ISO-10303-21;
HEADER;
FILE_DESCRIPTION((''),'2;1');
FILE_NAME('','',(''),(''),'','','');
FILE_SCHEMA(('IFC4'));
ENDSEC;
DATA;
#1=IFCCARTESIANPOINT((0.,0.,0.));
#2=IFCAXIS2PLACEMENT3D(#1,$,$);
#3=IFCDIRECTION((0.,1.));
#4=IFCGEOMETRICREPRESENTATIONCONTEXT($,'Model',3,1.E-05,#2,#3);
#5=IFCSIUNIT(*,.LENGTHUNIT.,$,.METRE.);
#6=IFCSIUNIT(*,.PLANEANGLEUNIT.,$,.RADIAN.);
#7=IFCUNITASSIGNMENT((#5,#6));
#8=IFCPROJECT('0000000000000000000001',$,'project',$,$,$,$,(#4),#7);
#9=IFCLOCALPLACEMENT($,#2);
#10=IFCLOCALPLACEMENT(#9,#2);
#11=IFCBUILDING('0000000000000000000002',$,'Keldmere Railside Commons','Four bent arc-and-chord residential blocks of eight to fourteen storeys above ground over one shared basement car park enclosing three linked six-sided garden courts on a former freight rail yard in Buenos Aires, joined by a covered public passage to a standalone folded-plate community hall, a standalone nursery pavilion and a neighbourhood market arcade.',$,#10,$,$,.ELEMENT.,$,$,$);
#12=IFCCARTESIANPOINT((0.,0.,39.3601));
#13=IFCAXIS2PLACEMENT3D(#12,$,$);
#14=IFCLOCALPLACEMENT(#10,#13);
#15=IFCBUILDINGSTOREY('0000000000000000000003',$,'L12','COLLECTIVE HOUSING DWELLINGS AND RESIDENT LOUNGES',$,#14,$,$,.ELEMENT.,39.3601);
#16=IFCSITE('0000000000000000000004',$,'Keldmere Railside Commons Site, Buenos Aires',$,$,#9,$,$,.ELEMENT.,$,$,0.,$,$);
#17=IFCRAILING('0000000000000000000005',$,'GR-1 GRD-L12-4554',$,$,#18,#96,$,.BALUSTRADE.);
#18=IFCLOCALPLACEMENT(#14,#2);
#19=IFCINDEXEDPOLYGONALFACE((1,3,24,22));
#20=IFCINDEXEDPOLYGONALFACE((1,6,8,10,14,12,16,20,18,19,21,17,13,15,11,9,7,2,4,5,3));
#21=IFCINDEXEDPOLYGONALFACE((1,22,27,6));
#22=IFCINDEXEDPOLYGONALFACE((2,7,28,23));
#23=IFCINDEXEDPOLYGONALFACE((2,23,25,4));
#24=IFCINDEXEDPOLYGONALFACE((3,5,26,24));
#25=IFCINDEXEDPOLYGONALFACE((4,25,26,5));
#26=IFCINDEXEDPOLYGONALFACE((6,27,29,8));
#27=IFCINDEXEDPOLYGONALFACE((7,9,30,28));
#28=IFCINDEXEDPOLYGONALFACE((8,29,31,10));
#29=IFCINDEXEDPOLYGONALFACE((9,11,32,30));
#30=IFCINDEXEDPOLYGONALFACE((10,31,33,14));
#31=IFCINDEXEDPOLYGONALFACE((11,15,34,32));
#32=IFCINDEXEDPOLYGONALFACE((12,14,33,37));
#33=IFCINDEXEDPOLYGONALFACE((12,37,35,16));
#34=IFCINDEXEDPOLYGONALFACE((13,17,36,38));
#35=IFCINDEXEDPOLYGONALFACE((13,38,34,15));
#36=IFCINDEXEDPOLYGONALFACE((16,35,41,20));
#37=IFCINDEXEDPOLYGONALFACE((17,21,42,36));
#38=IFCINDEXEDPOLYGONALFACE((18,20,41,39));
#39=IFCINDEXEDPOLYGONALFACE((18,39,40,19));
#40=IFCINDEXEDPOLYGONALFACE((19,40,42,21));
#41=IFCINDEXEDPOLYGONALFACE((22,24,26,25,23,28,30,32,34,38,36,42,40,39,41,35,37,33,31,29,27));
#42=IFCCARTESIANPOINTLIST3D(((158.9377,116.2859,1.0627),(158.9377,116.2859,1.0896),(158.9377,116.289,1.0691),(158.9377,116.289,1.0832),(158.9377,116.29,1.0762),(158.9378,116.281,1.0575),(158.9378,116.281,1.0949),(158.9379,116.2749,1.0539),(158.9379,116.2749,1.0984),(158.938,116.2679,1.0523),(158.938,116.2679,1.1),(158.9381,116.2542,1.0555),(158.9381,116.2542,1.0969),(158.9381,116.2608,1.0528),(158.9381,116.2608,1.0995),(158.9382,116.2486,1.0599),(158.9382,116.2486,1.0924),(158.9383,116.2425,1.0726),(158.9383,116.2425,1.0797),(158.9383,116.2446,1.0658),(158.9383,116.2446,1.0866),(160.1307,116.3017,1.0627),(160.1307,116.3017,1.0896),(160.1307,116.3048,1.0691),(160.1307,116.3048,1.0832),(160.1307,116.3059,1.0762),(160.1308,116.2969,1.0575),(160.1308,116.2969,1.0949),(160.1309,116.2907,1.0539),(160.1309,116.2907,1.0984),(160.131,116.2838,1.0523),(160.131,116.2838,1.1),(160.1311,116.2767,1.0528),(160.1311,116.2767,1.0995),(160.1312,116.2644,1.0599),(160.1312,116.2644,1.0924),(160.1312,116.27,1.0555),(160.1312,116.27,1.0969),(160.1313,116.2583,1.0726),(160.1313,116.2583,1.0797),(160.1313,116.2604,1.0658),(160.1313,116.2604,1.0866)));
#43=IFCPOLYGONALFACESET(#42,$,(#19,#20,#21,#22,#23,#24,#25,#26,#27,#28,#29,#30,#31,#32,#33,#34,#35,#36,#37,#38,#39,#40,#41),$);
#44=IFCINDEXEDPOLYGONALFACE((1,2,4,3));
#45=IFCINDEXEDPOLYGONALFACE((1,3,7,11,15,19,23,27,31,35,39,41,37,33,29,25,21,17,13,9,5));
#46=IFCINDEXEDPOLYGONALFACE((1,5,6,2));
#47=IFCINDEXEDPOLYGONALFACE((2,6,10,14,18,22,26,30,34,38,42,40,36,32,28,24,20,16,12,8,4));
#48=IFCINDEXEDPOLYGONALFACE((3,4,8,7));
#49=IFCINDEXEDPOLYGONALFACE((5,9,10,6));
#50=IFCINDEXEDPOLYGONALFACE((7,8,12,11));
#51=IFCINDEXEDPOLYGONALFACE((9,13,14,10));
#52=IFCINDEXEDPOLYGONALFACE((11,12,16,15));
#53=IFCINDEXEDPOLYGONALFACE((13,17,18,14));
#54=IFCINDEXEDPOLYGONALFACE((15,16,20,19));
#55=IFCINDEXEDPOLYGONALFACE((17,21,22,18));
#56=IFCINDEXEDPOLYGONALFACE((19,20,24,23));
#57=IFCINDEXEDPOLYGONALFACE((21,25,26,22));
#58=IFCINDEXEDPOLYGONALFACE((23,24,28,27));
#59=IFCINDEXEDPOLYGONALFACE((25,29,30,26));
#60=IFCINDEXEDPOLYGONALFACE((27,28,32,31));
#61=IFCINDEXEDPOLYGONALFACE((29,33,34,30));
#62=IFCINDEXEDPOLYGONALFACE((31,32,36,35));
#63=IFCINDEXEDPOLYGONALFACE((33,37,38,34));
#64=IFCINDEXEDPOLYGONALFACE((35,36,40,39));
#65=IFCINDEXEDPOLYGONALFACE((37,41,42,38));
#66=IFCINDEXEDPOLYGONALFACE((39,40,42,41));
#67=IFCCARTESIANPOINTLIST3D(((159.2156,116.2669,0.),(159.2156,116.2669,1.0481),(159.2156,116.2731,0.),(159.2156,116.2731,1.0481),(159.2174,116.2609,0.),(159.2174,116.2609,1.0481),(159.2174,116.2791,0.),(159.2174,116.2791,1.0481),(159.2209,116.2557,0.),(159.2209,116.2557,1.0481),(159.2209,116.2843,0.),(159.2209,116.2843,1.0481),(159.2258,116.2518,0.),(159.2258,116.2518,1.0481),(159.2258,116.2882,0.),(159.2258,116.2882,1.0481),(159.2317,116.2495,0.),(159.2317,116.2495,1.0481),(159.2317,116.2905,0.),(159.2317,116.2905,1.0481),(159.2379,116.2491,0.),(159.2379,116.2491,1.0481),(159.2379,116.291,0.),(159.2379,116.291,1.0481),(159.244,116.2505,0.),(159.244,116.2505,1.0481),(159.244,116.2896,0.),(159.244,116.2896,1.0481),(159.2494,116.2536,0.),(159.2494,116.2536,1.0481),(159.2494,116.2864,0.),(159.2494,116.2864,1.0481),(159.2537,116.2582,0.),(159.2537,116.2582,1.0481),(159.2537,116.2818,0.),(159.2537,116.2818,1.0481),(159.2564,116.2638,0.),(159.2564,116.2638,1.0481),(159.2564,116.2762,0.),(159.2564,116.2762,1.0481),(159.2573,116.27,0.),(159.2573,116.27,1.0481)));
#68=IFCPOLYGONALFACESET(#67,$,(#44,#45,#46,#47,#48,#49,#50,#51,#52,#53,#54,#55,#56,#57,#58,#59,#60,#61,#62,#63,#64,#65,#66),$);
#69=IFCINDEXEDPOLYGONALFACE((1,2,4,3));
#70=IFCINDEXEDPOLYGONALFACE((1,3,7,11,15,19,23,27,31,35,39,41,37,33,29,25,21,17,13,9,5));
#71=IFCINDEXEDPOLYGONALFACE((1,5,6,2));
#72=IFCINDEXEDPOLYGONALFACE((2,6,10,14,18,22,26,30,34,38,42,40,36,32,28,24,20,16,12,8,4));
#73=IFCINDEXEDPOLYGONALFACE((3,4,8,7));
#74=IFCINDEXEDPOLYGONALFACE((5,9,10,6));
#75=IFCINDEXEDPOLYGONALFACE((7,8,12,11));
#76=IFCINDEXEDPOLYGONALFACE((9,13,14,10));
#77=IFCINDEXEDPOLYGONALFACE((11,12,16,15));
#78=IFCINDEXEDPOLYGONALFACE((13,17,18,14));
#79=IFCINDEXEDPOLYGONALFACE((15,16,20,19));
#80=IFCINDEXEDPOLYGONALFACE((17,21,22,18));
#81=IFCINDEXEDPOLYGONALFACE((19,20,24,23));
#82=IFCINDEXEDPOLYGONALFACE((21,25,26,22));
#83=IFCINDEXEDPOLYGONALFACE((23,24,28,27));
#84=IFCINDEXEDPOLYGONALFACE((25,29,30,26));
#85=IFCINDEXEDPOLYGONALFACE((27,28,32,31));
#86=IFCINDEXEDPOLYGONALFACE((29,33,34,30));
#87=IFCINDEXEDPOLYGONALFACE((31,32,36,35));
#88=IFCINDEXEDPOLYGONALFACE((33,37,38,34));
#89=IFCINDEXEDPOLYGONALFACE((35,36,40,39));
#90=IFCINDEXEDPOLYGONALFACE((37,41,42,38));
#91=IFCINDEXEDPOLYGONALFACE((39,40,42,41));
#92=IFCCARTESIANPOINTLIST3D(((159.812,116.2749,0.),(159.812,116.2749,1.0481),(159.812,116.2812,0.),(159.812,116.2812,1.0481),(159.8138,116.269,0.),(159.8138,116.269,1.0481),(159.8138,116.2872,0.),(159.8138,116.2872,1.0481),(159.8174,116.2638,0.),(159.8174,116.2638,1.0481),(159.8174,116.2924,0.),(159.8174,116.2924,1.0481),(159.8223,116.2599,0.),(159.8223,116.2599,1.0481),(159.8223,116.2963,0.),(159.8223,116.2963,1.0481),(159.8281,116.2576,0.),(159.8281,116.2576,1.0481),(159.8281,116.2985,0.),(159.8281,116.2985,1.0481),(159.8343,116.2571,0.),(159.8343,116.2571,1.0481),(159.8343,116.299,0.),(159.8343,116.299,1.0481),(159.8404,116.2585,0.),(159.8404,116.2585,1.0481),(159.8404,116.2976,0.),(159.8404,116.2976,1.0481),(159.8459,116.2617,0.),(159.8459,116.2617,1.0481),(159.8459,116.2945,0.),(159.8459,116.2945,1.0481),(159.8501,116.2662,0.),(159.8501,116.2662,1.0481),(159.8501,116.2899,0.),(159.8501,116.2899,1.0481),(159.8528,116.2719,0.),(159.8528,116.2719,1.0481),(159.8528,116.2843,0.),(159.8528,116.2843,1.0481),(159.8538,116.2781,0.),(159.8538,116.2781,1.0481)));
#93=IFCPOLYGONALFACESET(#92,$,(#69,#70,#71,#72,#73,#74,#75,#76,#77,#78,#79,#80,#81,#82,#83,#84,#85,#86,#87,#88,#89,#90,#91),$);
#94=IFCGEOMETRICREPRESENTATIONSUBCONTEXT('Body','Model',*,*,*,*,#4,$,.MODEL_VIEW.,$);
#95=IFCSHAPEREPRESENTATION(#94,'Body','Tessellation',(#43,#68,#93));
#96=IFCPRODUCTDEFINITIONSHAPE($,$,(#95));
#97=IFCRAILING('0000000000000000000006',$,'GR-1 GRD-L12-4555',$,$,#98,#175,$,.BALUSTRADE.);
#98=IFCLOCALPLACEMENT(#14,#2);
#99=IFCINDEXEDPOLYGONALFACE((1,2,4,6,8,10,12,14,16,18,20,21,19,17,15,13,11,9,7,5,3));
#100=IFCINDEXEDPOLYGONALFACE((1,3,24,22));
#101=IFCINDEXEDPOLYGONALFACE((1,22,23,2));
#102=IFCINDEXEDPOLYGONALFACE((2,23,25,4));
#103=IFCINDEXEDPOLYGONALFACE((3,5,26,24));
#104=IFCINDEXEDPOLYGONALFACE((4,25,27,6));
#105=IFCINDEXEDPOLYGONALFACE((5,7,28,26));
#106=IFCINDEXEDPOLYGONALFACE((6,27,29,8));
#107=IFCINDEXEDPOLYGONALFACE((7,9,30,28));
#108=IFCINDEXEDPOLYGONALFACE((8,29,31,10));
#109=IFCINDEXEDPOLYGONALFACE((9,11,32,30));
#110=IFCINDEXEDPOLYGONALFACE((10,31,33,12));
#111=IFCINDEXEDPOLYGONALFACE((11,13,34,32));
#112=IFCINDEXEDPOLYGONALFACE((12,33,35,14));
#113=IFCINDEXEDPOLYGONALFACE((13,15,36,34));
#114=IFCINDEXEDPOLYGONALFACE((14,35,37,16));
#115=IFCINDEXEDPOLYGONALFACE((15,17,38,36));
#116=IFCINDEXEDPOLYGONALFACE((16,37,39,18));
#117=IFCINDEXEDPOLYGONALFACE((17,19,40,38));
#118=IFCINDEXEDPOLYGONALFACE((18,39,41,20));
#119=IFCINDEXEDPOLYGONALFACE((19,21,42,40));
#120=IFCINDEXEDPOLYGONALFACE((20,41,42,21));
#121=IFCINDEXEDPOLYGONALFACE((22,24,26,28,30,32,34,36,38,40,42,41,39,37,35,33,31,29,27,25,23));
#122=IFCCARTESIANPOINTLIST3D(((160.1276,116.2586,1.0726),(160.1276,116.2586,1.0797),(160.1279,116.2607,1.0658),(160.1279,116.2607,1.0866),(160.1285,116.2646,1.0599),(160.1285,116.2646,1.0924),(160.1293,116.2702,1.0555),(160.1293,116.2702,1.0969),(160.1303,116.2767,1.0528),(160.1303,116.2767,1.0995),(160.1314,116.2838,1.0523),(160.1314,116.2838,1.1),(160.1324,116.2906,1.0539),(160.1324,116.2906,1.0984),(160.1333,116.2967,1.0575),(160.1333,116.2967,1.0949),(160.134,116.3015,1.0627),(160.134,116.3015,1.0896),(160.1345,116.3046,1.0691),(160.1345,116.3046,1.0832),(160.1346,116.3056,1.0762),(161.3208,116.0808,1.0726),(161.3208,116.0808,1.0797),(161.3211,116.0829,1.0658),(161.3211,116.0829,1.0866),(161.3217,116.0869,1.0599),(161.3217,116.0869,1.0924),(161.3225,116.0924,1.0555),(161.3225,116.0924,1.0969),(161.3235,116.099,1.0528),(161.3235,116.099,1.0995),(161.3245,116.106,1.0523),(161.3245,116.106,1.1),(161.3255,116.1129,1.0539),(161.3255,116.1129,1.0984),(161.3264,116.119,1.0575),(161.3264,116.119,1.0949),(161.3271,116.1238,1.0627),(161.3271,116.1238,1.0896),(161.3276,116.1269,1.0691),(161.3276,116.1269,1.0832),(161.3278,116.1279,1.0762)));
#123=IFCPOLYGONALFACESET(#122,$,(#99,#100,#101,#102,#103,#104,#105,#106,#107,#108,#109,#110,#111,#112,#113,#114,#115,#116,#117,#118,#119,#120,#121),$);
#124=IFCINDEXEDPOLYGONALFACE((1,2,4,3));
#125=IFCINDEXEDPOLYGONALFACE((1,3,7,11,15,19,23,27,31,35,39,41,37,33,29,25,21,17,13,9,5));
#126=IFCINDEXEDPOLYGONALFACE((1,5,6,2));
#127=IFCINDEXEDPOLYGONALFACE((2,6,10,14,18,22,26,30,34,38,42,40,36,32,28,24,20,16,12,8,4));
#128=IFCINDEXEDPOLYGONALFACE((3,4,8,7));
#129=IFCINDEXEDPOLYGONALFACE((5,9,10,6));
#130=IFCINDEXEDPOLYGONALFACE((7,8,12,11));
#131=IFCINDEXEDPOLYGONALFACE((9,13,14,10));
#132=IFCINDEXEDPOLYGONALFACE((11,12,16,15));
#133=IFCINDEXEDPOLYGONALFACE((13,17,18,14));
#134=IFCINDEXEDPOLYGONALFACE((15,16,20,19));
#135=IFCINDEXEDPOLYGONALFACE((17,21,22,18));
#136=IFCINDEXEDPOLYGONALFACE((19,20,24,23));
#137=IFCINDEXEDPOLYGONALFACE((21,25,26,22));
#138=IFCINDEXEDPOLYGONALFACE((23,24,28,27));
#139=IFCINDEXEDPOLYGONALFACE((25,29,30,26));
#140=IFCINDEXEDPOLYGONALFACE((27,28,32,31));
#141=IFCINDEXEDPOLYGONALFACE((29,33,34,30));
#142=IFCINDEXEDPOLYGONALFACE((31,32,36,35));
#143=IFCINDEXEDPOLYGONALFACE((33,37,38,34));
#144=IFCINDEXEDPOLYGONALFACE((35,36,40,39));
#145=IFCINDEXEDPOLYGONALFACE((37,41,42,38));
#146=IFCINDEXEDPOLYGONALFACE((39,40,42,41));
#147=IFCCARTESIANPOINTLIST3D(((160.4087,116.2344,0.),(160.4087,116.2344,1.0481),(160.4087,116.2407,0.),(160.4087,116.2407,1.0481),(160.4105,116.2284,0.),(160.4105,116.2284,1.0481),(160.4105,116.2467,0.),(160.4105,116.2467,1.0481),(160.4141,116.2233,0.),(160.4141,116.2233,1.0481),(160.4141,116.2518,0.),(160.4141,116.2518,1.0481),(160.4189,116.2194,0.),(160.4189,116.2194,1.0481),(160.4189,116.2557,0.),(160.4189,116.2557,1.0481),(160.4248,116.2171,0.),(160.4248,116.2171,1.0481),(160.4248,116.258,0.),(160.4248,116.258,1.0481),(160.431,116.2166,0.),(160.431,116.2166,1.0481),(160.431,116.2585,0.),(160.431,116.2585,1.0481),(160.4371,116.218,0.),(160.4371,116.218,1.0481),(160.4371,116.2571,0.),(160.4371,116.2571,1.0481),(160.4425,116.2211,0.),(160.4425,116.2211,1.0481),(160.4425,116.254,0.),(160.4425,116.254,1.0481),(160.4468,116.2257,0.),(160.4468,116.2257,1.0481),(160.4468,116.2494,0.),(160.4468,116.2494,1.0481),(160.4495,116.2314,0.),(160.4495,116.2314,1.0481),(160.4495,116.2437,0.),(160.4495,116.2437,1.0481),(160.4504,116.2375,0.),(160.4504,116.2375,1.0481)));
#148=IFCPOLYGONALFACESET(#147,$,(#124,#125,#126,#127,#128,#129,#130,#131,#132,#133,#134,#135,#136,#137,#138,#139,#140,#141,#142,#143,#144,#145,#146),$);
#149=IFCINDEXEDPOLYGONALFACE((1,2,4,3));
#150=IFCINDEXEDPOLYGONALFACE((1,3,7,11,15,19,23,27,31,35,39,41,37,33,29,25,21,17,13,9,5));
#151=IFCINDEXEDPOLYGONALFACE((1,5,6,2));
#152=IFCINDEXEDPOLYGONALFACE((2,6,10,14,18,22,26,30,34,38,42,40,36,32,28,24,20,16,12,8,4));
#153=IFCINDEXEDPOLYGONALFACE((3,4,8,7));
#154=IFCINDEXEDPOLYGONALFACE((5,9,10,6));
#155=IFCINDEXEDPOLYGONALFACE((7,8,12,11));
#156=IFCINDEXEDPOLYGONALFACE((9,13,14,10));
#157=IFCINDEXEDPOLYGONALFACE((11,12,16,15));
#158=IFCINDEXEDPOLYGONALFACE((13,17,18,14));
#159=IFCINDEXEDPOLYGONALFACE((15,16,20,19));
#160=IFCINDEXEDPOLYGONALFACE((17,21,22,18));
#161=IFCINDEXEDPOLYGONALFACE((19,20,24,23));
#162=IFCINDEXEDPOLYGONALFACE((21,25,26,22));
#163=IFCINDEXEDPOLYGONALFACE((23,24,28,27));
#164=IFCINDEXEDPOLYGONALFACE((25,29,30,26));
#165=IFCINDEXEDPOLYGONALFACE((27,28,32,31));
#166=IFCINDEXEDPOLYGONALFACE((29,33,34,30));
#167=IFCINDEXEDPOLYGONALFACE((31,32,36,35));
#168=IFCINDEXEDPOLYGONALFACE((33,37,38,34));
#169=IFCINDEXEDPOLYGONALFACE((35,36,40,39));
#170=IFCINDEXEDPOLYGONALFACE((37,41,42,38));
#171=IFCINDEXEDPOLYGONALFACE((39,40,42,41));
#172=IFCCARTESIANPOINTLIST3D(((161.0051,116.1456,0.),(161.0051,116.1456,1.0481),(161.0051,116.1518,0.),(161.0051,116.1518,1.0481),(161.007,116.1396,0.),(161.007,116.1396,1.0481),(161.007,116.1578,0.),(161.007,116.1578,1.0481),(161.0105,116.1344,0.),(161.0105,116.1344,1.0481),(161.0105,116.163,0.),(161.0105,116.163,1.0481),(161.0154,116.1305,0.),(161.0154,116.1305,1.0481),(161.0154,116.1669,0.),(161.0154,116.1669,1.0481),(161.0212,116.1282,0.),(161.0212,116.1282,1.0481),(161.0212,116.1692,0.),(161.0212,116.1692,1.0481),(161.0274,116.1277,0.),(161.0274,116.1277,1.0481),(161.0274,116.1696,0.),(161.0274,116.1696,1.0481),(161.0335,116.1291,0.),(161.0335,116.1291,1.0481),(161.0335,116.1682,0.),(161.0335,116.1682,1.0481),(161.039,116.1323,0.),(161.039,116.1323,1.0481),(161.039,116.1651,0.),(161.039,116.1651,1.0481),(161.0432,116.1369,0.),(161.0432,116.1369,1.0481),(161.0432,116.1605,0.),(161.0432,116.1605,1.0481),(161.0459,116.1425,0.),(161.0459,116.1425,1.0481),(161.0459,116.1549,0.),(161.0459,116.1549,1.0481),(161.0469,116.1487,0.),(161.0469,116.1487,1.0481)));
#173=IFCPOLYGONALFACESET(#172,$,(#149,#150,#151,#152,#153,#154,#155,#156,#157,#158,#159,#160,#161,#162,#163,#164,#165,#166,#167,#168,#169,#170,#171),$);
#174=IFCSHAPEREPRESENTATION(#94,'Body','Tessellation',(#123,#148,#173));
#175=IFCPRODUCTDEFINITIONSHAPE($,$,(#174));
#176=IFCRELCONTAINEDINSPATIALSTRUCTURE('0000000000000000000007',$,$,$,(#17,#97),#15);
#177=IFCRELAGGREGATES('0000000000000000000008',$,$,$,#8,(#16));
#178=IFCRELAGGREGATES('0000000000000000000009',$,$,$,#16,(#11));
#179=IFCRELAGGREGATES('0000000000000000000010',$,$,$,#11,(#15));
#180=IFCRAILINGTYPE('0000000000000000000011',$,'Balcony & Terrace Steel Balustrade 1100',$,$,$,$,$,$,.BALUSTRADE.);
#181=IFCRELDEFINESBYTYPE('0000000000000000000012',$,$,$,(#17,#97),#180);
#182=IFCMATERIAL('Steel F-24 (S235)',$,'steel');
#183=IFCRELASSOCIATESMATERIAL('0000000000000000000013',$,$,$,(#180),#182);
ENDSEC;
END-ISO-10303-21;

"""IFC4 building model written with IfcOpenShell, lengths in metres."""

from ifc_helpers import new_model, si_unit, direction, frame, origin, origin_2d, place, context, subcontext, project, spatial, circle, extrude, material, type_object, element, save


model = new_model("IFC4")

# Units and contexts
model_context = context("Model", 3, precision=1e-05, world=origin(), true_north=direction((0.0, 1.0)))
body_context = subcontext(model_context, "Body", "Model", "MODEL_VIEW")
ifc_project = project(units=[si_unit("LENGTHUNIT", "METRE"), si_unit("PLANEANGLEUNIT", "RADIAN")], contexts=[model_context])

# Site, building, storey
site_placement = place(None, origin())
site = spatial("IfcSite", under=ifc_project, at=site_placement, Name="Keldmere Railside Commons Site, Buenos Aires", CompositionType="ELEMENT", RefElevation=0.0)
building_placement = place(site_placement, origin())
building = spatial("IfcBuilding", under=site, at=building_placement, Name="Keldmere Railside Commons", Description="Four bent arc-and-chord residential blocks of eight to fourteen storeys above ground over one shared basement car park enclosing three linked six-sided garden courts on a former freight rail yard in Buenos Aires, joined by a covered public passage to a standalone folded-plate community hall, a standalone nursery pavilion and a neighbourhood market arcade.", CompositionType="ELEMENT")
storey_placement = place(building_placement, frame((0.0, 0.0, 39.3601)))
storey = spatial("IfcBuildingStorey", under=building, at=storey_placement, Name="L12", Description="COLLECTIVE HOUSING DWELLINGS AND RESIDENT LOUNGES", CompositionType="ELEMENT", Elevation=39.3601)

# Railings
ifc_material_1 = material(Name="Steel F-24 (S235)", Category="steel")
railing_type = type_object("IfcRailingType", Name="Balcony & Terrace Steel Balustrade 1100", PredefinedType="BALUSTRADE", material=ifc_material_1)
railing_1_placement = place(storey_placement, frame((158.938, 116.2661, 0.0)))
element("IfcRailing", 1, at=railing_1_placement, inside=storey, type_object=railing_type, Name="GR-1 GRD-L12-4554", PredefinedType="BALUSTRADE", context=body_context, shape_type="SweptSolid", body=[
    extrude(circle(Radius=0.0239, at=origin_2d()), frame((0.0, 0.0, 1.0762), z_axis=(0.999912, 0.013299, 0.0), x_axis=(-0.013299, 0.999912, 0.0)), (0.0, 0.0, 1.0), 1.1931),
    extrude(circle(Radius=0.021, at=origin_2d()), frame((0.2983, 0.0039, 0.0)), (0.0, 0.0, 1.0), 1.0481),
    extrude(circle(Radius=0.021, at=origin_2d()), frame((0.8948, 0.012, 0.0)), (0.0, 0.0, 1.0), 1.0481),
])
railing_2_placement = place(storey_placement, frame((160.1311, 116.282, 0.0)))
element("IfcRailing", 2, at=railing_2_placement, inside=storey, type_object=railing_type, Name="GR-1 GRD-L12-4555", PredefinedType="BALUSTRADE", context=body_context, shape_type="SweptSolid", body=[
    extrude(circle(Radius=0.0239, at=origin_2d()), frame((0.0, 0.0, 1.0762), z_axis=(0.989086, -0.147341, 0.0), x_axis=(0.147341, 0.989086, 0.0)), (0.0, 0.0, 1.0), 1.2063),
    extrude(circle(Radius=0.021, at=origin_2d()), frame((0.2983, -0.0444, 0.0)), (0.0, 0.0, 1.0), 1.0481),
    extrude(circle(Radius=0.021, at=origin_2d()), frame((0.8948, -0.1333, 0.0)), (0.0, 0.0, 1.0), 1.0481),
])

save(model, "model.ifc")
